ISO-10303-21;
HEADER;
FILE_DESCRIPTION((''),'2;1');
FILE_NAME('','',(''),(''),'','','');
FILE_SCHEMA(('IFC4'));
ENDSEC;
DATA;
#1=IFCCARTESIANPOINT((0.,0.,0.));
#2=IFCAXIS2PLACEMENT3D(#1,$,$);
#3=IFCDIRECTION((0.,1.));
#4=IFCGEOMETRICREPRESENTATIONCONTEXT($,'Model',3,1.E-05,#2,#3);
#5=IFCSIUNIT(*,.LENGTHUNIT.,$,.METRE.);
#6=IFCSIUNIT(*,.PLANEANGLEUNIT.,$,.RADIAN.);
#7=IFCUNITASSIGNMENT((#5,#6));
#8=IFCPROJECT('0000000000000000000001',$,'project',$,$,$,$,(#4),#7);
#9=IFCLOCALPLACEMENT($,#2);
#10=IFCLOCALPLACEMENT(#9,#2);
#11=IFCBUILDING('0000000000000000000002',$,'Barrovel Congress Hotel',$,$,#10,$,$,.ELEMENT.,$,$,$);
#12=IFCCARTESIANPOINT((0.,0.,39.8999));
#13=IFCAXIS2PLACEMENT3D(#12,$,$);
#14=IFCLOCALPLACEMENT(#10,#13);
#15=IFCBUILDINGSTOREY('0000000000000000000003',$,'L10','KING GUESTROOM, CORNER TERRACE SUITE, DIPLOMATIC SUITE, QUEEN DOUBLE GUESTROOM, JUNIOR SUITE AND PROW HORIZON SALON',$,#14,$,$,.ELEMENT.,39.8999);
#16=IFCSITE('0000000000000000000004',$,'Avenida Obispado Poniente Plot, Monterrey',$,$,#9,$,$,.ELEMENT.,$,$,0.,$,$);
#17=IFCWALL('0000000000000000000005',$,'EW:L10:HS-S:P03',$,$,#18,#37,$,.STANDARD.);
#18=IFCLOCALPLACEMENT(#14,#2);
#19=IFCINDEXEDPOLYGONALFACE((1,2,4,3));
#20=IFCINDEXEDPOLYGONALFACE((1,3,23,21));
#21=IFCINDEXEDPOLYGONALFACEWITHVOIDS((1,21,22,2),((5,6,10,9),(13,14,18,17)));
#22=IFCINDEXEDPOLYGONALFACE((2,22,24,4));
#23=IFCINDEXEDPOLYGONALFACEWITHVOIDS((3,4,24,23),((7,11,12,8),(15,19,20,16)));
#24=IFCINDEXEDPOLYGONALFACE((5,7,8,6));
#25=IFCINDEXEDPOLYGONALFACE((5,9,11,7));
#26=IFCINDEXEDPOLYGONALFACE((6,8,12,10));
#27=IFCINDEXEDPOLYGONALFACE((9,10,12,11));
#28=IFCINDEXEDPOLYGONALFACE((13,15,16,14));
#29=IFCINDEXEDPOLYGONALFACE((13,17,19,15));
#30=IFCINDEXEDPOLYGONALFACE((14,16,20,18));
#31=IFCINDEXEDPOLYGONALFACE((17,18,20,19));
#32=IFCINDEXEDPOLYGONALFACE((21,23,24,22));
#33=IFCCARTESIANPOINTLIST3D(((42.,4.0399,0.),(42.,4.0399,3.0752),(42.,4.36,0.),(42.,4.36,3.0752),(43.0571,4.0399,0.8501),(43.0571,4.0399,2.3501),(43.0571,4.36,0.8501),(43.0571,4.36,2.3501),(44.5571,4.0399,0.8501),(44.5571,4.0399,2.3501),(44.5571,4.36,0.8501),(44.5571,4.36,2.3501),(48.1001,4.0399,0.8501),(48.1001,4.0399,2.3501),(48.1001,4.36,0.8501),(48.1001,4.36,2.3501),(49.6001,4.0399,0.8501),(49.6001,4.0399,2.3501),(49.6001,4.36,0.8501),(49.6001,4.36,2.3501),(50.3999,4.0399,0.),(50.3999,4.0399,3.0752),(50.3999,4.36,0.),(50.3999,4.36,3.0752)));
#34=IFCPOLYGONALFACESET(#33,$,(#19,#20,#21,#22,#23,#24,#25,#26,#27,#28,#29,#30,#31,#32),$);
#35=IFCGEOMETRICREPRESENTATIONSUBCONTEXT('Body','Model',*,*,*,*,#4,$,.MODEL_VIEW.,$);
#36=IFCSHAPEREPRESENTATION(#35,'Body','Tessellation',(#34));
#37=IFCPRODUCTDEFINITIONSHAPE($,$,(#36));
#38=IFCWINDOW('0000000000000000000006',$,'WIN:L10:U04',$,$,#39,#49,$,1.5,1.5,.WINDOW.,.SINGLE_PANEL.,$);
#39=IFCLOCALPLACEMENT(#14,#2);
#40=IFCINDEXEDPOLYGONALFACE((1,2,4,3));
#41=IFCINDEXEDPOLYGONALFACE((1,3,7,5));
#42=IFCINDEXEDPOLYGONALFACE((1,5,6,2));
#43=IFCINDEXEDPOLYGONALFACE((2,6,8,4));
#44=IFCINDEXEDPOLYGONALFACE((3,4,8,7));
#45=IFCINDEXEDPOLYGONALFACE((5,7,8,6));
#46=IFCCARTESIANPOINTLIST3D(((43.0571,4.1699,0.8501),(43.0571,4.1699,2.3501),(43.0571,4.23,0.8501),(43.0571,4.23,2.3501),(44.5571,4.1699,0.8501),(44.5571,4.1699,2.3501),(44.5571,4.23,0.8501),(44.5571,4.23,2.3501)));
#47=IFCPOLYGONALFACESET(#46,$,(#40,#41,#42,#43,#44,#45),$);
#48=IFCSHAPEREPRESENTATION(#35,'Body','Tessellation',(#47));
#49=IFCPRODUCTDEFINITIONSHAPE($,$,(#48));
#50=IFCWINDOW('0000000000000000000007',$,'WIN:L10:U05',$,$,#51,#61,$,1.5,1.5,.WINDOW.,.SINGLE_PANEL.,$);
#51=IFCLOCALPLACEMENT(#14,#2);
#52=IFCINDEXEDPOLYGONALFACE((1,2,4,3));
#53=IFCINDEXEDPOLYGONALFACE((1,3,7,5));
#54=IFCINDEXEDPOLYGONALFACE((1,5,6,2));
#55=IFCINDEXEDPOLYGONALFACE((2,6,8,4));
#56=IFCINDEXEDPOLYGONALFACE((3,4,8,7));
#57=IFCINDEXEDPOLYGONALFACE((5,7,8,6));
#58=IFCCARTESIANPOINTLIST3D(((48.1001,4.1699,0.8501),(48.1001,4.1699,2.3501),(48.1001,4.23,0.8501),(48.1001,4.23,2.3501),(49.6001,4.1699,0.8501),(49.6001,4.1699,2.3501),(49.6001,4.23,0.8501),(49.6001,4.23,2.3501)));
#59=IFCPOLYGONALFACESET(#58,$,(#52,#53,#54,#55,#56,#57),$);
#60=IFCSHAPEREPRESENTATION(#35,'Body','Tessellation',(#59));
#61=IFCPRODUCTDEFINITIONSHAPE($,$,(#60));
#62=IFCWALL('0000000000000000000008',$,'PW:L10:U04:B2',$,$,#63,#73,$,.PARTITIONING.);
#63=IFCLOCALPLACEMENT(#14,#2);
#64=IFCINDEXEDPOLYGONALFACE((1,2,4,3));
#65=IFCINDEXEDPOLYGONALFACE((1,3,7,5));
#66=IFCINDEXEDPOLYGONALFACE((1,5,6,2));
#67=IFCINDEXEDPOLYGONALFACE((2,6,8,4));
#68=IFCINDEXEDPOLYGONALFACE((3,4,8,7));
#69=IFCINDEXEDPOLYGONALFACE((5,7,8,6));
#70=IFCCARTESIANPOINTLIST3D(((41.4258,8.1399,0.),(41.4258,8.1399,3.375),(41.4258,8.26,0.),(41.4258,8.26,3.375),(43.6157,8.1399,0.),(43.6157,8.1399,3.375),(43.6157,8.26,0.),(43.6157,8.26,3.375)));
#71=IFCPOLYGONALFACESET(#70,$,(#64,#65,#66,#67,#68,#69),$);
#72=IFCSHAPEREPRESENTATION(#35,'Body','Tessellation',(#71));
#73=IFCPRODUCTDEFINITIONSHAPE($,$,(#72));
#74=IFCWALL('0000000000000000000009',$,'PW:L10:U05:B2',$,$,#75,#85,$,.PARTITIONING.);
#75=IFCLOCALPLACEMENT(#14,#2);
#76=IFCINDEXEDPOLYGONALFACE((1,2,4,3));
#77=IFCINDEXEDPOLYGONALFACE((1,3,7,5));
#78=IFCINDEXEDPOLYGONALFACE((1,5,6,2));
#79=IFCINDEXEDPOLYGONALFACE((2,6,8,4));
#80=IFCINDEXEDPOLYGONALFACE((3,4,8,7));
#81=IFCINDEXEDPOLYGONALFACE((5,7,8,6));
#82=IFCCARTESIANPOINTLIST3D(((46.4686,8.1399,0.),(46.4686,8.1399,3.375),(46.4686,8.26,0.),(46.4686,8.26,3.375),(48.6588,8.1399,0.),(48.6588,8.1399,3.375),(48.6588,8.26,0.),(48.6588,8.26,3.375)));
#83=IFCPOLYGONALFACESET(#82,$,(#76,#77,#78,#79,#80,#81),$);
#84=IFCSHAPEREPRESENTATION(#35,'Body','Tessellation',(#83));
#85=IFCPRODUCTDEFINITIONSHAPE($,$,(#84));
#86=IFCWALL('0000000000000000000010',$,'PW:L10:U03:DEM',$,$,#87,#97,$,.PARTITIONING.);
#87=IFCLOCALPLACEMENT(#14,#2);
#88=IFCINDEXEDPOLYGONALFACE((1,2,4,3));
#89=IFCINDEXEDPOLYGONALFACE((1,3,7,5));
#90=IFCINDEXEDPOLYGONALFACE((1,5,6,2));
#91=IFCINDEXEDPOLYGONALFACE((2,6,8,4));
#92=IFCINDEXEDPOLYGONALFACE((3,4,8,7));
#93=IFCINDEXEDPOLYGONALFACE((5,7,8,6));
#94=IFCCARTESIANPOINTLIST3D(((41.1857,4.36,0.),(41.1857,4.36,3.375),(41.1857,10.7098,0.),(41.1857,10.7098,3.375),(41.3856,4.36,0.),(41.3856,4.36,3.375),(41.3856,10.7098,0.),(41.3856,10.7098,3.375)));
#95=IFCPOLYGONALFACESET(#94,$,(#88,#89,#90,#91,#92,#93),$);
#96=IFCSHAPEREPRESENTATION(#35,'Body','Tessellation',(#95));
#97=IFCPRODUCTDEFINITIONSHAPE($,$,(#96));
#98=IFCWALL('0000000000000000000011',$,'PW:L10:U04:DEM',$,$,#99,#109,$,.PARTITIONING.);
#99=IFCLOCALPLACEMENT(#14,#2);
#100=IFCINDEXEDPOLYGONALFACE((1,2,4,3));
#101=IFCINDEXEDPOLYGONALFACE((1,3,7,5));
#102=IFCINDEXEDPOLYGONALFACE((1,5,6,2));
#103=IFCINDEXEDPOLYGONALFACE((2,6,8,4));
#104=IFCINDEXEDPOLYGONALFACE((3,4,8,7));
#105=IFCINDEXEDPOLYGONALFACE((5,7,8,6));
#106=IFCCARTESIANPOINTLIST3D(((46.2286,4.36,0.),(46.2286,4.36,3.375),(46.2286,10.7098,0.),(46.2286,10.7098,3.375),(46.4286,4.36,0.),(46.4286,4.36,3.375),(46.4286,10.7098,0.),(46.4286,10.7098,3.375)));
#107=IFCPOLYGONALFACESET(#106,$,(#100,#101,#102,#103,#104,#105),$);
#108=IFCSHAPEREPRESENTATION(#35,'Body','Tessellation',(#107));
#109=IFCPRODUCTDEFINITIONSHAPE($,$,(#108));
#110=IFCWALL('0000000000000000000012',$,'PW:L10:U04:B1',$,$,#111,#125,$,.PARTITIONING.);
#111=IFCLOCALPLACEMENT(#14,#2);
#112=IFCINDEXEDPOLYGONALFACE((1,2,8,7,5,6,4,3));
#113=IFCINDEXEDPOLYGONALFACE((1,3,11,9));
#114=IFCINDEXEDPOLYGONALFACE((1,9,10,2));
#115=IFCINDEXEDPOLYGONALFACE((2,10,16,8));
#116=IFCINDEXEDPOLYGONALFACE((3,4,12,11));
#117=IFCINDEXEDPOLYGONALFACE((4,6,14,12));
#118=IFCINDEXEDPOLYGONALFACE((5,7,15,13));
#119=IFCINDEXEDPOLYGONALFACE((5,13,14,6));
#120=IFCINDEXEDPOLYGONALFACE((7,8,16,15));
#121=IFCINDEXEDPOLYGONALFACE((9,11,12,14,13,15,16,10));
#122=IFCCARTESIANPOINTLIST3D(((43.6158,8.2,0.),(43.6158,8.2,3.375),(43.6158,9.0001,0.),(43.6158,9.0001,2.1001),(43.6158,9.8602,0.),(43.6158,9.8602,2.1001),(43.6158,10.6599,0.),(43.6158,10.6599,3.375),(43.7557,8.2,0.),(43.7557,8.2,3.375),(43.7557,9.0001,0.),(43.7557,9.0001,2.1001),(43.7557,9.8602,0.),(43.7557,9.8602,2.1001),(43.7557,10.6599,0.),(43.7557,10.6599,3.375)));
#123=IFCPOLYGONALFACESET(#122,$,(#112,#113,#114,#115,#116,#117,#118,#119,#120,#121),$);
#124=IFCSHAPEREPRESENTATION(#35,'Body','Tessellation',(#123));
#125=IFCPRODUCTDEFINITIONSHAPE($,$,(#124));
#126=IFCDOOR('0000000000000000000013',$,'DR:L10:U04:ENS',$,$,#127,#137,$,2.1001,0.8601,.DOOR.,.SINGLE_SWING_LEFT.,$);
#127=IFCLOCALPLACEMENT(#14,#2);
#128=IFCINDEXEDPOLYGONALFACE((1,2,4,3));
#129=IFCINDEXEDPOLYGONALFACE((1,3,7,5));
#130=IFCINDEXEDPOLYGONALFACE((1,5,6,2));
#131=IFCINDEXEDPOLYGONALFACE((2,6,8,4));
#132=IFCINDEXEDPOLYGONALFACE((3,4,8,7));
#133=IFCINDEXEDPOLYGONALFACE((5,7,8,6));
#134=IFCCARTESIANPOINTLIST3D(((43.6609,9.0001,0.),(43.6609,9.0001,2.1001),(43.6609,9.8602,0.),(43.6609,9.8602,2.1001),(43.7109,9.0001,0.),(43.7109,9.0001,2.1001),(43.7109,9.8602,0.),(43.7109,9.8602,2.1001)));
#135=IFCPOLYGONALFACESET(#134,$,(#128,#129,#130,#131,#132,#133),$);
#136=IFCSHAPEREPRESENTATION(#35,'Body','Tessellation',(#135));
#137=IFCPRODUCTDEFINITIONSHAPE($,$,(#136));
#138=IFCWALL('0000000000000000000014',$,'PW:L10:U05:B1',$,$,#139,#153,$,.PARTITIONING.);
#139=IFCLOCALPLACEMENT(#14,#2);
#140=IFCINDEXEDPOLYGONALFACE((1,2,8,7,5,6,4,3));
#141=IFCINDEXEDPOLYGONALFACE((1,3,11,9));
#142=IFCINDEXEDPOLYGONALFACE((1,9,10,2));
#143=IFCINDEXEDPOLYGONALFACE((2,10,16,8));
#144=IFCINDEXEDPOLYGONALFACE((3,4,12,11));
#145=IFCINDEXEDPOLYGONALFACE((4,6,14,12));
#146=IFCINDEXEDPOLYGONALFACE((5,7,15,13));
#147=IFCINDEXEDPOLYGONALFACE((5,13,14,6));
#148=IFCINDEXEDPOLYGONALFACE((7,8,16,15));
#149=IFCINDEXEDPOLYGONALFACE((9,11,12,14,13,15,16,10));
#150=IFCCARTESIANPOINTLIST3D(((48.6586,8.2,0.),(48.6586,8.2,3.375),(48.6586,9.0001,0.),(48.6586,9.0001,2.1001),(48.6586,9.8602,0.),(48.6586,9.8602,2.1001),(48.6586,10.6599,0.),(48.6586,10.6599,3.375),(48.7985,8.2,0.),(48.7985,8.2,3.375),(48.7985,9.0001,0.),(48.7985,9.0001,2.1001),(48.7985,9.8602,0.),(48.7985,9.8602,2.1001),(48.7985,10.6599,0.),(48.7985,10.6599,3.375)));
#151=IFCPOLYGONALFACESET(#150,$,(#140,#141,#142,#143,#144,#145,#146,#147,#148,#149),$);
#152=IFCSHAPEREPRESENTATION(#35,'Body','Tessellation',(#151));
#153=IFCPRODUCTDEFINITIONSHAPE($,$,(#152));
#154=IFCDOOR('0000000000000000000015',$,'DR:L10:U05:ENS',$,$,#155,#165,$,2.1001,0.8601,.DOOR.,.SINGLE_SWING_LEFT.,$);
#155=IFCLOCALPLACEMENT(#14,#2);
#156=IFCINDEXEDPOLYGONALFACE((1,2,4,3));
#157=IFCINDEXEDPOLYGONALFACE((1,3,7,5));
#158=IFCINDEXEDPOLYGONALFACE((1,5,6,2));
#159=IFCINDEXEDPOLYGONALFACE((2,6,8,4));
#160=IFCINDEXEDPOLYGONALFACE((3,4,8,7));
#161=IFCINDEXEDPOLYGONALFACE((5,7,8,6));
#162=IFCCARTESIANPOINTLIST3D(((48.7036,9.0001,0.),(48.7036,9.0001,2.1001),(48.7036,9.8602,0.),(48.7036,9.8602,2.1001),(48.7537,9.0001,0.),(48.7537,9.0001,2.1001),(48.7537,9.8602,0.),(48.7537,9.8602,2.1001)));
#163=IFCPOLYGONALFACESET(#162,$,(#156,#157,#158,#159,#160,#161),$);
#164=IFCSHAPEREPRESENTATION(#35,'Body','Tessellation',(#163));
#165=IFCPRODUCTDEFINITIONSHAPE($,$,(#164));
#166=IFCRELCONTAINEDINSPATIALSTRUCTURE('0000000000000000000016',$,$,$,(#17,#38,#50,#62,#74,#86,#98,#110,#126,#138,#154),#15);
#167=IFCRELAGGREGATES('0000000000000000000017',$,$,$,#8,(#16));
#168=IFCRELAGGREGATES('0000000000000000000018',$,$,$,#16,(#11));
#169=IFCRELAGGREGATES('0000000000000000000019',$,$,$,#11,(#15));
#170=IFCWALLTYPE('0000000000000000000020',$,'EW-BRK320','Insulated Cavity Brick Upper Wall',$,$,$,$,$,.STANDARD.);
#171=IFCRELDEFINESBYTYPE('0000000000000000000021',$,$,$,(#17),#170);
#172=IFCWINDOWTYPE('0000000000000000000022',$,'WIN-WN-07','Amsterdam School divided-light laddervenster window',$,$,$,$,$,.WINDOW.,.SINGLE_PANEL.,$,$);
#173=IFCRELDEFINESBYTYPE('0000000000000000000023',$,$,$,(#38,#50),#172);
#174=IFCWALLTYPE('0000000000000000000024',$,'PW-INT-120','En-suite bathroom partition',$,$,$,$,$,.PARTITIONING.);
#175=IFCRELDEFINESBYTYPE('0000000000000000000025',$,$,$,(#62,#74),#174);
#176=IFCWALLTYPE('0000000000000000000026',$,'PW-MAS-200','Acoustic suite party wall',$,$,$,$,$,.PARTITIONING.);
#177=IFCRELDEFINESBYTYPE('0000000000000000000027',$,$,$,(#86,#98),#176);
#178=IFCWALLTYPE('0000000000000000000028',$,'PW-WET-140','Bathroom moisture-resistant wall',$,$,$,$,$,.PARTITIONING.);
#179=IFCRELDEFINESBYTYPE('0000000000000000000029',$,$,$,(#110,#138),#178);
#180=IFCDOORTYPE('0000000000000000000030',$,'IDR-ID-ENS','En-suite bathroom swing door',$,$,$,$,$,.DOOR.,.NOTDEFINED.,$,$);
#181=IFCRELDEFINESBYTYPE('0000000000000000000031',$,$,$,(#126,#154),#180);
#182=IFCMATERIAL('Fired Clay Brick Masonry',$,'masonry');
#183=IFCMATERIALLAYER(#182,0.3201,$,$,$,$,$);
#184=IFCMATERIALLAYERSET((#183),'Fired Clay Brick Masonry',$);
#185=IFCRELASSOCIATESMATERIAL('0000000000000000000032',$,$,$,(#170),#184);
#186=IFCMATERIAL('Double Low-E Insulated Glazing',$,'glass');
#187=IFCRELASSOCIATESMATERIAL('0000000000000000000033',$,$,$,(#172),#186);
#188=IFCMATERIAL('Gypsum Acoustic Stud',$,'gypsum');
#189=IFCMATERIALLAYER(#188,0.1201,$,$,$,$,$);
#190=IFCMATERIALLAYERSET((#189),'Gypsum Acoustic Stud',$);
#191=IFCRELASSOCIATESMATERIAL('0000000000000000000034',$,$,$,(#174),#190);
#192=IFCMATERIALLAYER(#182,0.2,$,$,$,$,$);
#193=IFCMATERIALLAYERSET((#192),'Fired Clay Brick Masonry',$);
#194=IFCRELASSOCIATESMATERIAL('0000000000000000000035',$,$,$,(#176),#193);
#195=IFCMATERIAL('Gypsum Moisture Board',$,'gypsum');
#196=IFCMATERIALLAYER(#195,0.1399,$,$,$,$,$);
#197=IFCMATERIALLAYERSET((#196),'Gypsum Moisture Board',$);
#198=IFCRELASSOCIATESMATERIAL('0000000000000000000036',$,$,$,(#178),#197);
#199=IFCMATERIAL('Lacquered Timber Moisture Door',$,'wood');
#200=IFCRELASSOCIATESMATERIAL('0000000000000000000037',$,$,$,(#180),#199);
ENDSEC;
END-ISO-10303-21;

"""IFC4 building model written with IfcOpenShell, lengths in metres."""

from ifc_helpers import new_model, si_unit, direction, frame, frame_2d, origin, place, context, subcontext, project, spatial, rectangle, extrude, material, layer, layer_set, type_object, element, fill, save


model = new_model("IFC4")

# Units and contexts
model_context = context("Model", 3, precision=1e-05, world=origin(), true_north=direction((0.0, 1.0)))
body_context = subcontext(model_context, "Body", "Model", "MODEL_VIEW")
ifc_project = project(units=[si_unit("LENGTHUNIT", "METRE"), si_unit("PLANEANGLEUNIT", "RADIAN")], contexts=[model_context])

# Site, building, storey
site_placement = place(None, origin())
site = spatial("IfcSite", under=ifc_project, at=site_placement, Name="Avenida Obispado Poniente Plot, Monterrey", CompositionType="ELEMENT", RefElevation=0.0)
building_placement = place(site_placement, origin())
building = spatial("IfcBuilding", under=site, at=building_placement, Name="Barrovel Congress Hotel", CompositionType="ELEMENT")
storey_placement = place(building_placement, frame((0.0, 0.0, 39.8999)))
storey = spatial("IfcBuildingStorey", under=building, at=storey_placement, Name="L10", Description="KING GUESTROOM, CORNER TERRACE SUITE, DIPLOMATIC SUITE, QUEEN DOUBLE GUESTROOM, JUNIOR SUITE AND PROW HORIZON SALON", CompositionType="ELEMENT", Elevation=39.8999)

# Wall, openings, windows
ifc_material_1 = material(Name="Fired Clay Brick Masonry", Category="masonry")
ifc_layer_1 = layer(ifc_material_1, 0.3201)
ifc_layer_set_1 = layer_set([ifc_layer_1], Name="Fired Clay Brick Masonry")
wall_type_1 = type_object("IfcWallType", Name="EW-BRK320", Description="Insulated Cavity Brick Upper Wall", PredefinedType="STANDARD", material=ifc_layer_set_1)
wall_1_placement = place(storey_placement, frame((42.0, 4.2, 0.0), z_axis=(0.0, 0.0, 1.0), x_axis=(1.0, 0.0, 0.0)))
wall_1 = element("IfcWall", 1, at=wall_1_placement, inside=storey, type_object=wall_type_1, Name="EW:L10:HS-S:P03", PredefinedType="STANDARD", context=body_context, shape_type="SweptSolid", body=[
    extrude(rectangle(XDim=8.3999, YDim=0.3201, at=frame_2d((4.2, 0.0))), origin(), (0.0, 0.0, 1.0), 3.0752),
])
opening_1_placement = place(wall_1_placement, frame((1.0571, 0.0, 0.8501)))
opening_1 = element("IfcOpeningElement", 2, at=opening_1_placement, cuts=wall_1, PredefinedType="OPENING", context=body_context, shape_type="SweptSolid", body=[
    extrude(rectangle(XDim=1.5, YDim=1.5, at=frame_2d((0.75, 0.75))), frame((0.0, 0.1699, 0.0), z_axis=(0.0, -1.0, 0.0), x_axis=(1.0, 0.0, 0.0)), (0.0, 0.0, 1.0), 0.3401),
])
opening_2_placement = place(wall_1_placement, frame((6.1001, 0.0, 0.8501)))
opening_2 = element("IfcOpeningElement", 3, at=opening_2_placement, cuts=wall_1, PredefinedType="OPENING", context=body_context, shape_type="SweptSolid", body=[
    extrude(rectangle(XDim=1.5, YDim=1.5, at=frame_2d((0.75, 0.75))), frame((0.0, 0.1699, 0.0), z_axis=(0.0, -1.0, 0.0), x_axis=(1.0, 0.0, 0.0)), (0.0, 0.0, 1.0), 0.3401),
])
ifc_material_2 = material(Name="Double Low-E Insulated Glazing", Category="glass")
window_type = type_object("IfcWindowType", Name="WIN-WN-07", Description="Amsterdam School divided-light laddervenster window", PartitioningType="SINGLE_PANEL", PredefinedType="WINDOW", material=ifc_material_2)
window_1_placement = place(opening_1_placement, origin())
window_1 = element("IfcWindow", 4, at=window_1_placement, inside=storey, type_object=window_type, Name="WIN:L10:U04", OverallHeight=1.5, OverallWidth=1.5, PartitioningType="SINGLE_PANEL", PredefinedType="WINDOW", context=body_context, shape_type="SweptSolid", body=[
    extrude(rectangle(XDim=1.5, YDim=1.5, at=frame_2d((0.75, 0.75))), frame((0.0, 0.03, 0.0), z_axis=(0.0, -1.0, 0.0), x_axis=(1.0, 0.0, 0.0)), (0.0, 0.0, 1.0), 0.0601),
])
fill(opening_1, window_1)
window_2_placement = place(opening_2_placement, origin())
window_2 = element("IfcWindow", 5, at=window_2_placement, inside=storey, type_object=window_type, Name="WIN:L10:U05", OverallHeight=1.5, OverallWidth=1.5, PartitioningType="SINGLE_PANEL", PredefinedType="WINDOW", context=body_context, shape_type="SweptSolid", body=[
    extrude(rectangle(XDim=1.5, YDim=1.5, at=frame_2d((0.75, 0.75))), frame((0.0, 0.03, 0.0), z_axis=(0.0, -1.0, 0.0), x_axis=(1.0, 0.0, 0.0)), (0.0, 0.0, 1.0), 0.0601),
])
fill(opening_2, window_2)

# Shared definitions
ifc_material_3 = material(Name="Gypsum Acoustic Stud", Category="gypsum")

# Walls
ifc_layer_2 = layer(ifc_material_3, 0.1201)
ifc_layer_set_2 = layer_set([ifc_layer_2], Name="Gypsum Acoustic Stud")
wall_type_2 = type_object("IfcWallType", Name="PW-INT-120", Description="En-suite bathroom partition", PredefinedType="PARTITIONING", material=ifc_layer_set_2)
wall_2_placement = place(storey_placement, frame((41.4258, 8.2, 0.0), z_axis=(0.0, 0.0, 1.0), x_axis=(1.0, 0.0, 0.0)))
element("IfcWall", 6, at=wall_2_placement, inside=storey, type_object=wall_type_2, Name="PW:L10:U04:B2", PredefinedType="PARTITIONING", context=body_context, shape_type="SweptSolid", body=[
    extrude(rectangle(XDim=2.1899, YDim=0.1201, at=frame_2d((1.095, 0.0))), origin(), (0.0, 0.0, 1.0), 3.375),
])
wall_3_placement = place(storey_placement, frame((46.4685, 8.2, 0.0), z_axis=(0.0, 0.0, 1.0), x_axis=(1.0, 0.0, 0.0)))
element("IfcWall", 7, at=wall_3_placement, inside=storey, type_object=wall_type_2, Name="PW:L10:U05:B2", PredefinedType="PARTITIONING", context=body_context, shape_type="SweptSolid", body=[
    extrude(rectangle(XDim=2.1902, YDim=0.1201, at=frame_2d((1.0952, 0.0))), origin(), (0.0, 0.0, 1.0), 3.375),
])
ifc_layer_3 = layer(ifc_material_1, 0.2)
ifc_layer_set_3 = layer_set([ifc_layer_3], Name="Fired Clay Brick Masonry")
wall_type_3 = type_object("IfcWallType", Name="PW-MAS-200", Description="Acoustic suite party wall", PredefinedType="PARTITIONING", material=ifc_layer_set_3)
for number, where, z_axis, x_axis, name in (
    (8, (41.2856, 4.3601, 0.0), (0.0, 0.0, 1.0), (0.0, 1.0, 0.0), "PW:L10:U03:DEM"),
    (9, (46.3286, 4.3601, 0.0), (0.0, 0.0, 1.0), (0.0, 1.0, 0.0), "PW:L10:U04:DEM"),
):
    element("IfcWall", number, at=place(storey_placement, frame(where, z_axis=z_axis, x_axis=x_axis)), inside=storey, type_object=wall_type_3, Name=name, PredefinedType="PARTITIONING", context=body_context, shape_type="SweptSolid", body=[
        extrude(rectangle(XDim=6.3499, YDim=0.2, at=frame_2d((3.1748, 0.0))), origin(), (0.0, 0.0, 1.0), 3.375),
    ])

# Walls, openings, doors
ifc_material_4 = material(Name="Gypsum Moisture Board", Category="gypsum")
ifc_layer_4 = layer(ifc_material_4, 0.1399)
ifc_layer_set_4 = layer_set([ifc_layer_4], Name="Gypsum Moisture Board")
wall_type_4 = type_object("IfcWallType", Name="PW-WET-140", Description="Bathroom moisture-resistant wall", PredefinedType="PARTITIONING", material=ifc_layer_set_4)
wall_4_placement = place(storey_placement, frame((43.6858, 8.2, 0.0), z_axis=(0.0, 0.0, 1.0), x_axis=(0.0, 1.0, 0.0)))
wall_4 = element("IfcWall", 10, at=wall_4_placement, inside=storey, type_object=wall_type_4, Name="PW:L10:U04:B1", PredefinedType="PARTITIONING", context=body_context, shape_type="SweptSolid", body=[
    extrude(rectangle(XDim=2.46, YDim=0.1399, at=frame_2d((1.23, 0.0))), origin(), (0.0, 0.0, 1.0), 3.375),
])
opening_3_placement = place(wall_4_placement, frame((0.8, 0.0, 0.0)))
opening_3 = element("IfcOpeningElement", 11, at=opening_3_placement, cuts=wall_4, PredefinedType="OPENING", context=body_context, shape_type="SweptSolid", body=[
    extrude(rectangle(XDim=0.8601, YDim=2.1001, at=frame_2d((0.4302, 1.05))), frame((0.0, 0.0801, 0.0), z_axis=(0.0, -1.0, 0.0), x_axis=(1.0, 0.0, 0.0)), (0.0, 0.0, 1.0), 0.1599),
])
ifc_material_5 = material(Name="Lacquered Timber Moisture Door", Category="wood")
door_type_1 = type_object("IfcDoorType", Name="IDR-ID-ENS", Description="En-suite bathroom swing door", OperationType="NOTDEFINED", PredefinedType="DOOR", material=ifc_material_5)
door_1_placement = place(opening_3_placement, origin())
door_1 = element("IfcDoor", 12, at=door_1_placement, inside=storey, type_object=door_type_1, Name="DR:L10:U04:ENS", OperationType="SINGLE_SWING_LEFT", OverallHeight=2.1001, OverallWidth=0.8601, PredefinedType="DOOR", context=body_context, shape_type="SweptSolid", body=[
    extrude(rectangle(XDim=0.8601, YDim=2.1001, at=frame_2d((0.4302, 1.05))), frame((0.0, 0.0249, 0.0), z_axis=(0.0, -1.0, 0.0), x_axis=(1.0, 0.0, 0.0)), (0.0, 0.0, 1.0), 0.05),
])
fill(opening_3, door_1)
wall_5_placement = place(storey_placement, frame((48.7285, 8.2, 0.0), z_axis=(0.0, 0.0, 1.0), x_axis=(0.0, 1.0, 0.0)))
wall_5 = element("IfcWall", 13, at=wall_5_placement, inside=storey, type_object=wall_type_4, Name="PW:L10:U05:B1", PredefinedType="PARTITIONING", context=body_context, shape_type="SweptSolid", body=[
    extrude(rectangle(XDim=2.46, YDim=0.1399, at=frame_2d((1.23, 0.0))), origin(), (0.0, 0.0, 1.0), 3.375),
])
opening_4_placement = place(wall_5_placement, frame((0.8, 0.0, 0.0)))
opening_4 = element("IfcOpeningElement", 14, at=opening_4_placement, cuts=wall_5, PredefinedType="OPENING", context=body_context, shape_type="SweptSolid", body=[
    extrude(rectangle(XDim=0.8601, YDim=2.1001, at=frame_2d((0.4302, 1.05))), frame((0.0, 0.0801, 0.0), z_axis=(0.0, -1.0, 0.0), x_axis=(1.0, 0.0, 0.0)), (0.0, 0.0, 1.0), 0.1599),
])
door_2_placement = place(opening_4_placement, origin())
door_2 = element("IfcDoor", 15, at=door_2_placement, inside=storey, type_object=door_type_1, Name="DR:L10:U05:ENS", OperationType="SINGLE_SWING_LEFT", OverallHeight=2.1001, OverallWidth=0.8601, PredefinedType="DOOR", context=body_context, shape_type="SweptSolid", body=[
    extrude(rectangle(XDim=0.8601, YDim=2.1001, at=frame_2d((0.4302, 1.05))), frame((0.0, 0.0249, 0.0), z_axis=(0.0, -1.0, 0.0), x_axis=(1.0, 0.0, 0.0)), (0.0, 0.0, 1.0), 0.05),
])
fill(opening_4, door_2)

save(model, "model.ifc")
